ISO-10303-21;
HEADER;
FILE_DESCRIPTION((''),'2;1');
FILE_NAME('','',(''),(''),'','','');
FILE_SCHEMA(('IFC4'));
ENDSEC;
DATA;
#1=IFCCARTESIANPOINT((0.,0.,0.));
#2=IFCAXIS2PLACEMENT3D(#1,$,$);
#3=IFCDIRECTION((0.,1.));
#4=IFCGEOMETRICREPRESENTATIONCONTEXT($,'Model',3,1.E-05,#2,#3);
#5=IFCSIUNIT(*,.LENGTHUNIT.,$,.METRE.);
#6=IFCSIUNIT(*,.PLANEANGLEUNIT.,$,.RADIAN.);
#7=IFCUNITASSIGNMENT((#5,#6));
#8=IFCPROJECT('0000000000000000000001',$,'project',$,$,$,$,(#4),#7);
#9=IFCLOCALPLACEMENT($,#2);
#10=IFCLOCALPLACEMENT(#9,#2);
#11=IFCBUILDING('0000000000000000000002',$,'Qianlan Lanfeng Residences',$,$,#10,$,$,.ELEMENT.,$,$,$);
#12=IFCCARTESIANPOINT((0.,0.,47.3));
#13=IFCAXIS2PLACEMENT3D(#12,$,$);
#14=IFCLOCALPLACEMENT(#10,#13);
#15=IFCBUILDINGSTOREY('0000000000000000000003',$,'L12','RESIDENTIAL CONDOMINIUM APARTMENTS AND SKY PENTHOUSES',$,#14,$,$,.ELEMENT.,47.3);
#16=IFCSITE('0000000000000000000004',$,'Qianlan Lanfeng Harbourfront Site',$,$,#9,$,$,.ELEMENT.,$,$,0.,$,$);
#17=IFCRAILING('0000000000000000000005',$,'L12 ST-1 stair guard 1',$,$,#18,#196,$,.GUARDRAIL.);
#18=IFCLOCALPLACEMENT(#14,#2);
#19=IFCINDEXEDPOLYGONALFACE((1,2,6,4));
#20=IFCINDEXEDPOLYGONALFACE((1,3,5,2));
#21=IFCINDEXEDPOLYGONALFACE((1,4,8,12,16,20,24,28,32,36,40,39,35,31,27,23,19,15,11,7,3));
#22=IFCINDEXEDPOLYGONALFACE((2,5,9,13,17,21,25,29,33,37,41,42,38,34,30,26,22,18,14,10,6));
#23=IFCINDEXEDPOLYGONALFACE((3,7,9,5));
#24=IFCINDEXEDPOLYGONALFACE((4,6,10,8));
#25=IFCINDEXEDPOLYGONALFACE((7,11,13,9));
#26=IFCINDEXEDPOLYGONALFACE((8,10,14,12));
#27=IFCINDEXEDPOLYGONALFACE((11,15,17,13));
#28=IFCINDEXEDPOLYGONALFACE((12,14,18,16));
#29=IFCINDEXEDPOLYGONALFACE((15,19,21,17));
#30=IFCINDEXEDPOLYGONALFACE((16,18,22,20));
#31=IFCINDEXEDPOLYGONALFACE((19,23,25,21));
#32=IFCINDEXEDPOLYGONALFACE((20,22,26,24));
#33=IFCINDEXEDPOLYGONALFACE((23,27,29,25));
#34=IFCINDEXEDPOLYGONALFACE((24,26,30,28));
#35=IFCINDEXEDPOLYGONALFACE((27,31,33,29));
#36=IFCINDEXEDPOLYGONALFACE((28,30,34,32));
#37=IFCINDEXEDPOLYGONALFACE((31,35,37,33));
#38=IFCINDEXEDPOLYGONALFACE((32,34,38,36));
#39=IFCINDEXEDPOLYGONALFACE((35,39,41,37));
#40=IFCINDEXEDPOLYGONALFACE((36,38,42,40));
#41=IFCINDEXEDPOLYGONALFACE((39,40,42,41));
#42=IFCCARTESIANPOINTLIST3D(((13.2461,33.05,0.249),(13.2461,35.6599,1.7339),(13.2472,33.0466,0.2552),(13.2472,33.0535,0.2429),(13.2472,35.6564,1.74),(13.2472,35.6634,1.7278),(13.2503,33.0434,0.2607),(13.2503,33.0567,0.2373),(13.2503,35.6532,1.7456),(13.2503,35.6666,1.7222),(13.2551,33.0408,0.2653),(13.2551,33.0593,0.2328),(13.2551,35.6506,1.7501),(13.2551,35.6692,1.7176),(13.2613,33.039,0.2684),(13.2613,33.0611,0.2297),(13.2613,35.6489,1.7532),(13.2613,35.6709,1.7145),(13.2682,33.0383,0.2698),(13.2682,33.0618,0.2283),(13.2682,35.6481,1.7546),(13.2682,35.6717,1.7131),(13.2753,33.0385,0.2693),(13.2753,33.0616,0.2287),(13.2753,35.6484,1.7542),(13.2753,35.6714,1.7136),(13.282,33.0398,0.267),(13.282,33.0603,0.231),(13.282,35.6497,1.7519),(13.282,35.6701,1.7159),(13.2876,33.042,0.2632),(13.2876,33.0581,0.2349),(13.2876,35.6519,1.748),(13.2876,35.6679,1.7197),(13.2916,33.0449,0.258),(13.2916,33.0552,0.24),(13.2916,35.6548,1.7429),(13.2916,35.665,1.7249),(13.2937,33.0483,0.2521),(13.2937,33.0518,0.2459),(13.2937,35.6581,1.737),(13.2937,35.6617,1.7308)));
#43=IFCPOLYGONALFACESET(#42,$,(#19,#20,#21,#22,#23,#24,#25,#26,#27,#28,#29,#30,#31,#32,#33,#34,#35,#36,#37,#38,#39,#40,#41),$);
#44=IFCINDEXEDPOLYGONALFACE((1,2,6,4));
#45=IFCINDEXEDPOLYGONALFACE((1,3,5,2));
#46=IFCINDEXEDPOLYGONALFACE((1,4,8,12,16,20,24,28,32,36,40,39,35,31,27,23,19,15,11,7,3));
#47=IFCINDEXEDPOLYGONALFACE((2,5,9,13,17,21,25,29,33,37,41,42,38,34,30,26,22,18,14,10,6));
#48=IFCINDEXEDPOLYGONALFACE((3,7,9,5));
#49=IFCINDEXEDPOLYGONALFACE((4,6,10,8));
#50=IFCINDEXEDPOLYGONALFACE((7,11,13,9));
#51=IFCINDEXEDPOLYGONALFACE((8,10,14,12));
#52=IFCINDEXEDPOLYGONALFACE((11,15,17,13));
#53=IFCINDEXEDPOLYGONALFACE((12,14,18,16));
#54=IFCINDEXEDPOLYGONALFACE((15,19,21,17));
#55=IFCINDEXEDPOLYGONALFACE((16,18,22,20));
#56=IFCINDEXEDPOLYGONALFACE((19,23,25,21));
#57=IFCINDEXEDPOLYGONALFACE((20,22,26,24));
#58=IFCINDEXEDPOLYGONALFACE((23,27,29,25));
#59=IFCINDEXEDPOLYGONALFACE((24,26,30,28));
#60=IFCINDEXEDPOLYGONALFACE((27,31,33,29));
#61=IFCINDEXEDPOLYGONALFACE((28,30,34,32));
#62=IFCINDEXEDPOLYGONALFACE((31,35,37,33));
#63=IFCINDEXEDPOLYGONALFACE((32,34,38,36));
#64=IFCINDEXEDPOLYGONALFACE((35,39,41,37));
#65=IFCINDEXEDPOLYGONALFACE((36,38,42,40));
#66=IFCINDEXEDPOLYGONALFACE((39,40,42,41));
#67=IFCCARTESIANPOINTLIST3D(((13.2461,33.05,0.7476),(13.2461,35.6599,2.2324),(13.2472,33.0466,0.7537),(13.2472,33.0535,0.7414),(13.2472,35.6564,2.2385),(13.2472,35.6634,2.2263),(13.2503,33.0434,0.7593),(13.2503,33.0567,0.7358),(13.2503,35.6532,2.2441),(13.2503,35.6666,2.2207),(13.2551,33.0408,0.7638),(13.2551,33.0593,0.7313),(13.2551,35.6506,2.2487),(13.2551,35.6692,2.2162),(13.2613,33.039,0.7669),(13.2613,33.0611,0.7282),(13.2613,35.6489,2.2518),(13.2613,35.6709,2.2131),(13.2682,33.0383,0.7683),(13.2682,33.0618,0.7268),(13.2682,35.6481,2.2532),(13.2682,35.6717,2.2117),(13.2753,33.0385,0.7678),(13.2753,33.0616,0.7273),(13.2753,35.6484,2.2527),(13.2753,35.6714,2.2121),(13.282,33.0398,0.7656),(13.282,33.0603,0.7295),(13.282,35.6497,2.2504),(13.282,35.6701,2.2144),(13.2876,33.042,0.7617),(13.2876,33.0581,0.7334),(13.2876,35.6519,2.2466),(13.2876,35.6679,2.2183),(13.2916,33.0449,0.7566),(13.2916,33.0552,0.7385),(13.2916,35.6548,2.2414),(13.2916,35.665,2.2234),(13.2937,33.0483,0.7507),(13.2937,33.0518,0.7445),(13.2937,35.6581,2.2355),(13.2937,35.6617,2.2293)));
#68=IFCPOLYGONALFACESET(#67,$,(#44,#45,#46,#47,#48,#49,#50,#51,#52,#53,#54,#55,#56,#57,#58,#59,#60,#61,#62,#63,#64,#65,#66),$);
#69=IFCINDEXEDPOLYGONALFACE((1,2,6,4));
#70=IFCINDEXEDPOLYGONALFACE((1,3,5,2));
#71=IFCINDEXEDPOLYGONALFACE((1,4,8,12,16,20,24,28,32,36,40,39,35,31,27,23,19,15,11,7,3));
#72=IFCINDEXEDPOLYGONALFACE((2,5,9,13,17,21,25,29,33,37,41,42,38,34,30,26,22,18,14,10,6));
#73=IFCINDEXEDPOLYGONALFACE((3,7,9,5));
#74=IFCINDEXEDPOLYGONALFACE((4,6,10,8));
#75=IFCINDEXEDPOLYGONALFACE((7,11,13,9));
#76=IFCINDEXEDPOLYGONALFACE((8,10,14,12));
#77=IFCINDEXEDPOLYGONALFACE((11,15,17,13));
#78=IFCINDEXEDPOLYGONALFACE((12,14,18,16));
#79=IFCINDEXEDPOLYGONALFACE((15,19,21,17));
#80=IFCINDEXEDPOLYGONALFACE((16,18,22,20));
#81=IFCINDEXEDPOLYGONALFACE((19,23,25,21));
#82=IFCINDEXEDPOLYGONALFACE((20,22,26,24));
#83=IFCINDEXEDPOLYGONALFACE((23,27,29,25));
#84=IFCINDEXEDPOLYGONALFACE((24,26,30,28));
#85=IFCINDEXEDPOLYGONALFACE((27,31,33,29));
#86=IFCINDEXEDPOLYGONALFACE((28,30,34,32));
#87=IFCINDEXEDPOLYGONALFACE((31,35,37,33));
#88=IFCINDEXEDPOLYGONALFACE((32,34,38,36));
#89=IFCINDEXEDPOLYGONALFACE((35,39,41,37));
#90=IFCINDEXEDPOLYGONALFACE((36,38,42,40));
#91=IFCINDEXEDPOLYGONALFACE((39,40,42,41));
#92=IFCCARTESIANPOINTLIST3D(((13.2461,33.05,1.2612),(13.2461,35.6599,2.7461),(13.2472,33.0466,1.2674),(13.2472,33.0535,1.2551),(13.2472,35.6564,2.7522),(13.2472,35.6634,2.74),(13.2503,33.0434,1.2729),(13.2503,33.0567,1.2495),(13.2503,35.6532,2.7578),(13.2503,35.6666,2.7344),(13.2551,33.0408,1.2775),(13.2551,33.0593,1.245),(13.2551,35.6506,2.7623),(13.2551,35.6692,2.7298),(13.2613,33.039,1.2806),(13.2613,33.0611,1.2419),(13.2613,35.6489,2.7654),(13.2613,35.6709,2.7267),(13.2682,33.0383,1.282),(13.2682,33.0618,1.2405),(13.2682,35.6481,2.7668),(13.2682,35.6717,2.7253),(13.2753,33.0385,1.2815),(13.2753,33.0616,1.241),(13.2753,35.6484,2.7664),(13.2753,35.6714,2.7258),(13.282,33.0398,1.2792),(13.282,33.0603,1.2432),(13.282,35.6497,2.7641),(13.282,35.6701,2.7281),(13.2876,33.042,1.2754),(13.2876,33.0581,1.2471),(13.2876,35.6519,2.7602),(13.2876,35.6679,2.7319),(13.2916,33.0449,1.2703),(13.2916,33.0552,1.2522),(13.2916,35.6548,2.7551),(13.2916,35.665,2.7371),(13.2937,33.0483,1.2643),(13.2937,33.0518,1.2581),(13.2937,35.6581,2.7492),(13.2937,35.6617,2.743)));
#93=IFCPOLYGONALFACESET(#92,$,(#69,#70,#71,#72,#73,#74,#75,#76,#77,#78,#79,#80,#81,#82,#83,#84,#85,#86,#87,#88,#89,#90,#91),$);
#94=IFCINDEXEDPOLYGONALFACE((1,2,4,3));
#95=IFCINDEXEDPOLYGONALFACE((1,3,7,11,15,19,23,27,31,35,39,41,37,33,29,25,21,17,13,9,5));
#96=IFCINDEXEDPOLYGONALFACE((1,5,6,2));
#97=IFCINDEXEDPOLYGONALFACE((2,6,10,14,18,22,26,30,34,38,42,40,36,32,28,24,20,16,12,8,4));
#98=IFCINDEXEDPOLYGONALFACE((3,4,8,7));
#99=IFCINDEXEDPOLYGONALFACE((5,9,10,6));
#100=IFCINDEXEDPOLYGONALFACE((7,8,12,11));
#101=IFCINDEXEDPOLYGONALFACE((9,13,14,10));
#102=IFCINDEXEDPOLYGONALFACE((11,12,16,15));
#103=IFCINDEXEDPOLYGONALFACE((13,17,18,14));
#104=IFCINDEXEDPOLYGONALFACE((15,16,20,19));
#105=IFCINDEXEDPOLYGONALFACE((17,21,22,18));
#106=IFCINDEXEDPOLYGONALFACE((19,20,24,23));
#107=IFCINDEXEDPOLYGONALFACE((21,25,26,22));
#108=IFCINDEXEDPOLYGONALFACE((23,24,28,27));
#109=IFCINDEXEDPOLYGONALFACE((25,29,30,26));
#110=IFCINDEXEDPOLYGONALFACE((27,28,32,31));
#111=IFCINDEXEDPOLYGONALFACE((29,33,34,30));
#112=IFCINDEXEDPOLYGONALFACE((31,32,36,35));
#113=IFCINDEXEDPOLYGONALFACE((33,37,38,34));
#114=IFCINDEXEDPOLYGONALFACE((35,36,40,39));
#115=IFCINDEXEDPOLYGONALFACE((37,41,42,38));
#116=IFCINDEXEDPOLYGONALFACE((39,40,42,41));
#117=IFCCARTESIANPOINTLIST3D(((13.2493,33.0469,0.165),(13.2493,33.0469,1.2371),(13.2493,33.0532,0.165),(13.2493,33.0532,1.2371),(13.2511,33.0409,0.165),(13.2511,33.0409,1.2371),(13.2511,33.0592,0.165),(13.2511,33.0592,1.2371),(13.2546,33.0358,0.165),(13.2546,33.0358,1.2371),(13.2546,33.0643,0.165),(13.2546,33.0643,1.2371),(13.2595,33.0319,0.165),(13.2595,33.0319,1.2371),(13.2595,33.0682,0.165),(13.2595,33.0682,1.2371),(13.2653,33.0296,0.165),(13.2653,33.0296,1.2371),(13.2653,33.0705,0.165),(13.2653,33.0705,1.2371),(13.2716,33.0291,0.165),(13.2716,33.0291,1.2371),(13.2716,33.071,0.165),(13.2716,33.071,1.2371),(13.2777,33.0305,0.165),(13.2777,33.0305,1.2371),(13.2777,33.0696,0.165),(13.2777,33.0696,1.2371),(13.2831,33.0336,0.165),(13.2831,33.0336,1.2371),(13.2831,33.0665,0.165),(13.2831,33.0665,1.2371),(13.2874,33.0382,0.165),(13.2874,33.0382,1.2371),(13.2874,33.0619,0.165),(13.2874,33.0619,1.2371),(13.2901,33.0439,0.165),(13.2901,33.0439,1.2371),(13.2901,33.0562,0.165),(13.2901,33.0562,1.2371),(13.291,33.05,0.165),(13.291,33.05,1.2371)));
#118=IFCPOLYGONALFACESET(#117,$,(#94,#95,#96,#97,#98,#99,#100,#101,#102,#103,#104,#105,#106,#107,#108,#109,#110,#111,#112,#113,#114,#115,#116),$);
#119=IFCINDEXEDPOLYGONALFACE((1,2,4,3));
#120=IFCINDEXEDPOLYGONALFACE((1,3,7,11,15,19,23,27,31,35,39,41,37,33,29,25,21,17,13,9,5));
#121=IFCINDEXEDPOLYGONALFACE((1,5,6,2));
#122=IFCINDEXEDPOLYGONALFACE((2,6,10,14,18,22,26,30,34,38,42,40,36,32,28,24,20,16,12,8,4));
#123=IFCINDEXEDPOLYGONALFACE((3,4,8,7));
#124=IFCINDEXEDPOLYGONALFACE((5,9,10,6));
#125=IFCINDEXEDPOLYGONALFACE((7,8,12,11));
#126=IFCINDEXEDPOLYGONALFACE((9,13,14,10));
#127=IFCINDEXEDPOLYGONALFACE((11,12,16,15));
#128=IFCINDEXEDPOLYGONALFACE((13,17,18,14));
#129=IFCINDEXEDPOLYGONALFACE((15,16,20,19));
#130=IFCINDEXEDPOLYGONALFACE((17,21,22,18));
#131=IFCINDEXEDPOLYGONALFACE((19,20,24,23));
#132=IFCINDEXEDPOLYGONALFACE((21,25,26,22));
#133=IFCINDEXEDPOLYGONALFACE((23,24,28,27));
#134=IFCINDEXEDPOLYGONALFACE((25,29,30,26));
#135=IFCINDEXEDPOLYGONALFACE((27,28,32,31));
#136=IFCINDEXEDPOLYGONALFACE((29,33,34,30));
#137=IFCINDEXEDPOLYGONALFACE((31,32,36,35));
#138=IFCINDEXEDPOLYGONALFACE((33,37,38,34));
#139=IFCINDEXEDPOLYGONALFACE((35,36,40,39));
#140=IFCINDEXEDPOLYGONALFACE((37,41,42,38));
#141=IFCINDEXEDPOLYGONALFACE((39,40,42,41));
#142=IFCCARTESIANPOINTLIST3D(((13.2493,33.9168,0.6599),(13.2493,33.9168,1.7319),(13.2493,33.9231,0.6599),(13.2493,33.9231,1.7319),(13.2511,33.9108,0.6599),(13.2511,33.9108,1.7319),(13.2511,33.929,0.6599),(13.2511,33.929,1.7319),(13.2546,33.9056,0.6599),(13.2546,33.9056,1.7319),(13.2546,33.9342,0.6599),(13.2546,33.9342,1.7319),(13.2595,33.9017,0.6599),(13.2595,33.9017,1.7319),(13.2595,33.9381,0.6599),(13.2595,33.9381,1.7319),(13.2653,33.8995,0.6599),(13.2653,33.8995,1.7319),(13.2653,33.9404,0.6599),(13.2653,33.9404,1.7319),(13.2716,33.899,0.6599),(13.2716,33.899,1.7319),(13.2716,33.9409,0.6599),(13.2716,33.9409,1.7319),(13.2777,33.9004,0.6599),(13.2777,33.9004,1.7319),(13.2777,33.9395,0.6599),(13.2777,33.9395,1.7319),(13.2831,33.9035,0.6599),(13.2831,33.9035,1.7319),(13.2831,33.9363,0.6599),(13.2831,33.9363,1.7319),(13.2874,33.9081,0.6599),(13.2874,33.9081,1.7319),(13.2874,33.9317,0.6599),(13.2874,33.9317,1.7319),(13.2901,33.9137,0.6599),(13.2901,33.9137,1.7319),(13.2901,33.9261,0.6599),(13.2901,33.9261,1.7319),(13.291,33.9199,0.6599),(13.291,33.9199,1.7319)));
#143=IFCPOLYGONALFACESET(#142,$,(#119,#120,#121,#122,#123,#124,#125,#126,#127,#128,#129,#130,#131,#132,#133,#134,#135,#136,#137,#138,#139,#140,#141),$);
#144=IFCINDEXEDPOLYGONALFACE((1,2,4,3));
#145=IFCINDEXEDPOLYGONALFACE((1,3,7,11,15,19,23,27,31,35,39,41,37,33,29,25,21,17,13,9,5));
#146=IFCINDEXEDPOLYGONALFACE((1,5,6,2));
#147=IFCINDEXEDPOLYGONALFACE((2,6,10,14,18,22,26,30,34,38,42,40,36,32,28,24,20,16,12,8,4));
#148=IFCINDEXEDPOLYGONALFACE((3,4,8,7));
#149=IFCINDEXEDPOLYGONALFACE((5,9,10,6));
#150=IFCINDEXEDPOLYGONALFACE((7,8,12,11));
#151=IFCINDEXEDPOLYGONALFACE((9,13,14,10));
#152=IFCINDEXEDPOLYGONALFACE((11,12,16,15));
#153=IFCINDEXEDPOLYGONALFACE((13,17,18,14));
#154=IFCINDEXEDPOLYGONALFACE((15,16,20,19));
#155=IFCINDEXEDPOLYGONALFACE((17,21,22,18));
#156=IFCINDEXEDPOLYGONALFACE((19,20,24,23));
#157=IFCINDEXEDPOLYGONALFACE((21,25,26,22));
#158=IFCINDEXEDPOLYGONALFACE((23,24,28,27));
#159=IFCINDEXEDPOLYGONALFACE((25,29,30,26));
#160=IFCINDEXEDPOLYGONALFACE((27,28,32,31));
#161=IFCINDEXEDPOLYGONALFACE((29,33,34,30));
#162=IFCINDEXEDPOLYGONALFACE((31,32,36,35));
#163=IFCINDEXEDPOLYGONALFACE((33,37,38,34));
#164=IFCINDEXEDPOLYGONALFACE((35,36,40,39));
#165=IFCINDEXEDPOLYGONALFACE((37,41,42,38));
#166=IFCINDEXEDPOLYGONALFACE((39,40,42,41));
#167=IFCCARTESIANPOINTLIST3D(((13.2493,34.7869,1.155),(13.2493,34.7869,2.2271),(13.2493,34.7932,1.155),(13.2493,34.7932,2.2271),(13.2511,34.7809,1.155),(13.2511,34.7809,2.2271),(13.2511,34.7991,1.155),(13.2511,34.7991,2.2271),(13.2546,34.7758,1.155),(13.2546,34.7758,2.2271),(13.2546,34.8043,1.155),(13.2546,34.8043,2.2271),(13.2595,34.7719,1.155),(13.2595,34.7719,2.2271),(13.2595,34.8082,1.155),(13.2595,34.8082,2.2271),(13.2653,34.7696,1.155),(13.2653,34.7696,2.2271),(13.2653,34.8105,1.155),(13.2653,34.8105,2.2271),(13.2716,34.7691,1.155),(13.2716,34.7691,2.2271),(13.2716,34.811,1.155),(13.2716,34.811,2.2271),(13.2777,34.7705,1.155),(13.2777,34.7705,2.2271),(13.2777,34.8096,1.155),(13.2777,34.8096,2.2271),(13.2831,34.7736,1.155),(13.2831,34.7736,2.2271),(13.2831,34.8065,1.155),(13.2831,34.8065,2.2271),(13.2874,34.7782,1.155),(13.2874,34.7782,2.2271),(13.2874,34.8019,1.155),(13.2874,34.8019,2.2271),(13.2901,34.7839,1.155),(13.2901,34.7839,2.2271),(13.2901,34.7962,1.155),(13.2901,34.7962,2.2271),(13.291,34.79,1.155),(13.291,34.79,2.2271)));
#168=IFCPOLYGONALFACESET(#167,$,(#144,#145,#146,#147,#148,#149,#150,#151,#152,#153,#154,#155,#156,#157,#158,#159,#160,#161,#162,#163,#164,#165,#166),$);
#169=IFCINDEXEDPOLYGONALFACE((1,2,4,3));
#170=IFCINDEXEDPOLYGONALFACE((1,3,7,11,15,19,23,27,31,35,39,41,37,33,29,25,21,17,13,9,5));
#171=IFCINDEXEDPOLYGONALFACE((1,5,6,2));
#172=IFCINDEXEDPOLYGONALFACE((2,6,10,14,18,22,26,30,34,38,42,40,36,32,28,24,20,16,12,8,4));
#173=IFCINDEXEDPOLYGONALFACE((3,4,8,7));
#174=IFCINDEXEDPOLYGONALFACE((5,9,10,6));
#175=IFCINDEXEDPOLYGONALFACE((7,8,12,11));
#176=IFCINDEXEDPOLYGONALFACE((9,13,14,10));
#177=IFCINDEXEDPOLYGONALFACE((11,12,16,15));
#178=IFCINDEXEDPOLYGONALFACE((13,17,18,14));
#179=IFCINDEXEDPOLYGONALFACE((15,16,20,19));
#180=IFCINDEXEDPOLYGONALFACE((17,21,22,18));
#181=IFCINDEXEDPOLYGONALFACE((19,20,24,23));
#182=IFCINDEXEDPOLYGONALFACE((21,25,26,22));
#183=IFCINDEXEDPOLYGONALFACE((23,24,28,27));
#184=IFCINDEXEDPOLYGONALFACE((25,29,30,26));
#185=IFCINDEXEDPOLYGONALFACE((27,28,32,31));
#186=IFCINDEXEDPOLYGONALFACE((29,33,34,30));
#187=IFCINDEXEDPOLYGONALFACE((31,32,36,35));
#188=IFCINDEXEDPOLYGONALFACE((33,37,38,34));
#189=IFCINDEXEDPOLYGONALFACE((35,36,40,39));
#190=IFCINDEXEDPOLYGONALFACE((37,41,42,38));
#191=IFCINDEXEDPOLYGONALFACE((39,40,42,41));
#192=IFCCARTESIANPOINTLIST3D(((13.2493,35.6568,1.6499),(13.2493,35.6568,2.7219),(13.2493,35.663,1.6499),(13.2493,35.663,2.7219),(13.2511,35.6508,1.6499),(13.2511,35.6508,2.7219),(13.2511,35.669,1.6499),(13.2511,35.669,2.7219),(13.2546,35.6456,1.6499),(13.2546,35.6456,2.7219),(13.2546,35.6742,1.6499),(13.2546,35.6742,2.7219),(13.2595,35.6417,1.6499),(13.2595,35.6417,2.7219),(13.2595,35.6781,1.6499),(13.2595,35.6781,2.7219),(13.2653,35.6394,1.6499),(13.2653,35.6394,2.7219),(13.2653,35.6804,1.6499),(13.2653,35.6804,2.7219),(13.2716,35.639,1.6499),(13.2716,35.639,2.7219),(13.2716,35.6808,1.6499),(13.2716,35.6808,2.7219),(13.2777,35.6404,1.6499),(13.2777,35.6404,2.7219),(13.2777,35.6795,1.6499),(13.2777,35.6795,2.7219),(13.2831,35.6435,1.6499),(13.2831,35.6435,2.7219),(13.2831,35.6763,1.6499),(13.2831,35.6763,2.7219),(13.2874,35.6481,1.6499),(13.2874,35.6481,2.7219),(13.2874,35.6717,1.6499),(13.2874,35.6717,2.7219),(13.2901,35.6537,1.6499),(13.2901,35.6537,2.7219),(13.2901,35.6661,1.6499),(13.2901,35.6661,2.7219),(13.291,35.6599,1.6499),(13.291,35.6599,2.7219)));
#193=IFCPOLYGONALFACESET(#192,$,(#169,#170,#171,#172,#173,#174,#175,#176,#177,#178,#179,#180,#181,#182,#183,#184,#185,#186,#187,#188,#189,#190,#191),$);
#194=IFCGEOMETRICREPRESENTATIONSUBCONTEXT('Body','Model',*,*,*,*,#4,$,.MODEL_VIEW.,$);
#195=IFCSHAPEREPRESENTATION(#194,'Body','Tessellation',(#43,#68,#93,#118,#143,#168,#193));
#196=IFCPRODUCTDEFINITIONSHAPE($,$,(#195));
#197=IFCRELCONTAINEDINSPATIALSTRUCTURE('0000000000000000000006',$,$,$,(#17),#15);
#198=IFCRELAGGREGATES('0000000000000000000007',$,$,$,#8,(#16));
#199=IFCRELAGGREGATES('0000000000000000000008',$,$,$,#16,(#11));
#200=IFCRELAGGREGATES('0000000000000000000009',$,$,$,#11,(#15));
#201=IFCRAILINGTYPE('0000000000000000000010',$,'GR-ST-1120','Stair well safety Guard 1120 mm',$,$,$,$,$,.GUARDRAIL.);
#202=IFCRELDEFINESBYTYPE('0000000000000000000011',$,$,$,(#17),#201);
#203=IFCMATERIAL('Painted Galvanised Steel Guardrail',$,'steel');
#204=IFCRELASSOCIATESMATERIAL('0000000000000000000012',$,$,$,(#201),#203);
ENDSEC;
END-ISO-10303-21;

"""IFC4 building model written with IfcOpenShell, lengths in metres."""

from ifc_helpers import new_model, si_unit, direction, frame, origin, origin_2d, place, context, subcontext, project, spatial, circle, extrude, material, type_object, element, save


model = new_model("IFC4")

# Units and contexts
model_context = context("Model", 3, precision=1e-05, world=origin(), true_north=direction((0.0, 1.0)))
body_context = subcontext(model_context, "Body", "Model", "MODEL_VIEW")
ifc_project = project(units=[si_unit("LENGTHUNIT", "METRE"), si_unit("PLANEANGLEUNIT", "RADIAN")], contexts=[model_context])

# Site, building, storey
site_placement = place(None, origin())
site = spatial("IfcSite", under=ifc_project, at=site_placement, Name="Qianlan Lanfeng Harbourfront Site", CompositionType="ELEMENT", RefElevation=0.0)
building_placement = place(site_placement, origin())
building = spatial("IfcBuilding", under=site, at=building_placement, Name="Qianlan Lanfeng Residences", CompositionType="ELEMENT")
storey_placement = place(building_placement, frame((0.0, 0.0, 47.3)))
storey = spatial("IfcBuildingStorey", under=building, at=storey_placement, Name="L12", Description="RESIDENTIAL CONDOMINIUM APARTMENTS AND SKY PENTHOUSES", CompositionType="ELEMENT", Elevation=47.3)

# Railing
ifc_material_1 = material(Name="Painted Galvanised Steel Guardrail", Category="steel")
railing_type_1 = type_object("IfcRailingType", Name="GR-ST-1120", Description="Stair well safety Guard 1120 mm", PredefinedType="GUARDRAIL", material=ifc_material_1)
railing_1_placement = place(storey_placement, frame((13.27, 33.05, 0.165)))
element("IfcRailing", 1, at=railing_1_placement, inside=storey, type_object=railing_type_1, Name="L12 ST-1 stair guard 1", PredefinedType="GUARDRAIL", context=body_context, shape_type="SweptSolid", body=[
    extrude(circle(Radius=0.0239, at=origin_2d()), frame((0.0, 0.0, 0.084), z_axis=(0.0, 0.869172, 0.494509), x_axis=(-1.0, 0.0, 0.0)), (0.0, 0.0, 1.0), 3.0027),
    extrude(circle(Radius=0.0239, at=origin_2d()), frame((0.0, 0.0, 0.5825), z_axis=(0.0, 0.869172, 0.494509), x_axis=(-1.0, 0.0, 0.0)), (0.0, 0.0, 1.0), 3.0027),
    extrude(circle(Radius=0.0239, at=origin_2d()), frame((0.0, 0.0, 1.0962), z_axis=(0.0, 0.869172, 0.494509), x_axis=(-1.0, 0.0, 0.0)), (0.0, 0.0, 1.0), 3.0027),
    extrude(circle(Radius=0.021, at=origin_2d()), origin(), (0.0, 0.0, 1.0), 1.072),
    extrude(circle(Radius=0.021, at=origin_2d()), frame((0.0, 0.8699, 0.4949)), (0.0, 0.0, 1.0), 1.072),
    extrude(circle(Radius=0.021, at=origin_2d()), frame((0.0, 1.74, 0.99)), (0.0, 0.0, 1.0), 1.072),
    extrude(circle(Radius=0.021, at=origin_2d()), frame((0.0, 2.6099, 1.4849)), (0.0, 0.0, 1.0), 1.072),
])

save(model, "model.ifc")
